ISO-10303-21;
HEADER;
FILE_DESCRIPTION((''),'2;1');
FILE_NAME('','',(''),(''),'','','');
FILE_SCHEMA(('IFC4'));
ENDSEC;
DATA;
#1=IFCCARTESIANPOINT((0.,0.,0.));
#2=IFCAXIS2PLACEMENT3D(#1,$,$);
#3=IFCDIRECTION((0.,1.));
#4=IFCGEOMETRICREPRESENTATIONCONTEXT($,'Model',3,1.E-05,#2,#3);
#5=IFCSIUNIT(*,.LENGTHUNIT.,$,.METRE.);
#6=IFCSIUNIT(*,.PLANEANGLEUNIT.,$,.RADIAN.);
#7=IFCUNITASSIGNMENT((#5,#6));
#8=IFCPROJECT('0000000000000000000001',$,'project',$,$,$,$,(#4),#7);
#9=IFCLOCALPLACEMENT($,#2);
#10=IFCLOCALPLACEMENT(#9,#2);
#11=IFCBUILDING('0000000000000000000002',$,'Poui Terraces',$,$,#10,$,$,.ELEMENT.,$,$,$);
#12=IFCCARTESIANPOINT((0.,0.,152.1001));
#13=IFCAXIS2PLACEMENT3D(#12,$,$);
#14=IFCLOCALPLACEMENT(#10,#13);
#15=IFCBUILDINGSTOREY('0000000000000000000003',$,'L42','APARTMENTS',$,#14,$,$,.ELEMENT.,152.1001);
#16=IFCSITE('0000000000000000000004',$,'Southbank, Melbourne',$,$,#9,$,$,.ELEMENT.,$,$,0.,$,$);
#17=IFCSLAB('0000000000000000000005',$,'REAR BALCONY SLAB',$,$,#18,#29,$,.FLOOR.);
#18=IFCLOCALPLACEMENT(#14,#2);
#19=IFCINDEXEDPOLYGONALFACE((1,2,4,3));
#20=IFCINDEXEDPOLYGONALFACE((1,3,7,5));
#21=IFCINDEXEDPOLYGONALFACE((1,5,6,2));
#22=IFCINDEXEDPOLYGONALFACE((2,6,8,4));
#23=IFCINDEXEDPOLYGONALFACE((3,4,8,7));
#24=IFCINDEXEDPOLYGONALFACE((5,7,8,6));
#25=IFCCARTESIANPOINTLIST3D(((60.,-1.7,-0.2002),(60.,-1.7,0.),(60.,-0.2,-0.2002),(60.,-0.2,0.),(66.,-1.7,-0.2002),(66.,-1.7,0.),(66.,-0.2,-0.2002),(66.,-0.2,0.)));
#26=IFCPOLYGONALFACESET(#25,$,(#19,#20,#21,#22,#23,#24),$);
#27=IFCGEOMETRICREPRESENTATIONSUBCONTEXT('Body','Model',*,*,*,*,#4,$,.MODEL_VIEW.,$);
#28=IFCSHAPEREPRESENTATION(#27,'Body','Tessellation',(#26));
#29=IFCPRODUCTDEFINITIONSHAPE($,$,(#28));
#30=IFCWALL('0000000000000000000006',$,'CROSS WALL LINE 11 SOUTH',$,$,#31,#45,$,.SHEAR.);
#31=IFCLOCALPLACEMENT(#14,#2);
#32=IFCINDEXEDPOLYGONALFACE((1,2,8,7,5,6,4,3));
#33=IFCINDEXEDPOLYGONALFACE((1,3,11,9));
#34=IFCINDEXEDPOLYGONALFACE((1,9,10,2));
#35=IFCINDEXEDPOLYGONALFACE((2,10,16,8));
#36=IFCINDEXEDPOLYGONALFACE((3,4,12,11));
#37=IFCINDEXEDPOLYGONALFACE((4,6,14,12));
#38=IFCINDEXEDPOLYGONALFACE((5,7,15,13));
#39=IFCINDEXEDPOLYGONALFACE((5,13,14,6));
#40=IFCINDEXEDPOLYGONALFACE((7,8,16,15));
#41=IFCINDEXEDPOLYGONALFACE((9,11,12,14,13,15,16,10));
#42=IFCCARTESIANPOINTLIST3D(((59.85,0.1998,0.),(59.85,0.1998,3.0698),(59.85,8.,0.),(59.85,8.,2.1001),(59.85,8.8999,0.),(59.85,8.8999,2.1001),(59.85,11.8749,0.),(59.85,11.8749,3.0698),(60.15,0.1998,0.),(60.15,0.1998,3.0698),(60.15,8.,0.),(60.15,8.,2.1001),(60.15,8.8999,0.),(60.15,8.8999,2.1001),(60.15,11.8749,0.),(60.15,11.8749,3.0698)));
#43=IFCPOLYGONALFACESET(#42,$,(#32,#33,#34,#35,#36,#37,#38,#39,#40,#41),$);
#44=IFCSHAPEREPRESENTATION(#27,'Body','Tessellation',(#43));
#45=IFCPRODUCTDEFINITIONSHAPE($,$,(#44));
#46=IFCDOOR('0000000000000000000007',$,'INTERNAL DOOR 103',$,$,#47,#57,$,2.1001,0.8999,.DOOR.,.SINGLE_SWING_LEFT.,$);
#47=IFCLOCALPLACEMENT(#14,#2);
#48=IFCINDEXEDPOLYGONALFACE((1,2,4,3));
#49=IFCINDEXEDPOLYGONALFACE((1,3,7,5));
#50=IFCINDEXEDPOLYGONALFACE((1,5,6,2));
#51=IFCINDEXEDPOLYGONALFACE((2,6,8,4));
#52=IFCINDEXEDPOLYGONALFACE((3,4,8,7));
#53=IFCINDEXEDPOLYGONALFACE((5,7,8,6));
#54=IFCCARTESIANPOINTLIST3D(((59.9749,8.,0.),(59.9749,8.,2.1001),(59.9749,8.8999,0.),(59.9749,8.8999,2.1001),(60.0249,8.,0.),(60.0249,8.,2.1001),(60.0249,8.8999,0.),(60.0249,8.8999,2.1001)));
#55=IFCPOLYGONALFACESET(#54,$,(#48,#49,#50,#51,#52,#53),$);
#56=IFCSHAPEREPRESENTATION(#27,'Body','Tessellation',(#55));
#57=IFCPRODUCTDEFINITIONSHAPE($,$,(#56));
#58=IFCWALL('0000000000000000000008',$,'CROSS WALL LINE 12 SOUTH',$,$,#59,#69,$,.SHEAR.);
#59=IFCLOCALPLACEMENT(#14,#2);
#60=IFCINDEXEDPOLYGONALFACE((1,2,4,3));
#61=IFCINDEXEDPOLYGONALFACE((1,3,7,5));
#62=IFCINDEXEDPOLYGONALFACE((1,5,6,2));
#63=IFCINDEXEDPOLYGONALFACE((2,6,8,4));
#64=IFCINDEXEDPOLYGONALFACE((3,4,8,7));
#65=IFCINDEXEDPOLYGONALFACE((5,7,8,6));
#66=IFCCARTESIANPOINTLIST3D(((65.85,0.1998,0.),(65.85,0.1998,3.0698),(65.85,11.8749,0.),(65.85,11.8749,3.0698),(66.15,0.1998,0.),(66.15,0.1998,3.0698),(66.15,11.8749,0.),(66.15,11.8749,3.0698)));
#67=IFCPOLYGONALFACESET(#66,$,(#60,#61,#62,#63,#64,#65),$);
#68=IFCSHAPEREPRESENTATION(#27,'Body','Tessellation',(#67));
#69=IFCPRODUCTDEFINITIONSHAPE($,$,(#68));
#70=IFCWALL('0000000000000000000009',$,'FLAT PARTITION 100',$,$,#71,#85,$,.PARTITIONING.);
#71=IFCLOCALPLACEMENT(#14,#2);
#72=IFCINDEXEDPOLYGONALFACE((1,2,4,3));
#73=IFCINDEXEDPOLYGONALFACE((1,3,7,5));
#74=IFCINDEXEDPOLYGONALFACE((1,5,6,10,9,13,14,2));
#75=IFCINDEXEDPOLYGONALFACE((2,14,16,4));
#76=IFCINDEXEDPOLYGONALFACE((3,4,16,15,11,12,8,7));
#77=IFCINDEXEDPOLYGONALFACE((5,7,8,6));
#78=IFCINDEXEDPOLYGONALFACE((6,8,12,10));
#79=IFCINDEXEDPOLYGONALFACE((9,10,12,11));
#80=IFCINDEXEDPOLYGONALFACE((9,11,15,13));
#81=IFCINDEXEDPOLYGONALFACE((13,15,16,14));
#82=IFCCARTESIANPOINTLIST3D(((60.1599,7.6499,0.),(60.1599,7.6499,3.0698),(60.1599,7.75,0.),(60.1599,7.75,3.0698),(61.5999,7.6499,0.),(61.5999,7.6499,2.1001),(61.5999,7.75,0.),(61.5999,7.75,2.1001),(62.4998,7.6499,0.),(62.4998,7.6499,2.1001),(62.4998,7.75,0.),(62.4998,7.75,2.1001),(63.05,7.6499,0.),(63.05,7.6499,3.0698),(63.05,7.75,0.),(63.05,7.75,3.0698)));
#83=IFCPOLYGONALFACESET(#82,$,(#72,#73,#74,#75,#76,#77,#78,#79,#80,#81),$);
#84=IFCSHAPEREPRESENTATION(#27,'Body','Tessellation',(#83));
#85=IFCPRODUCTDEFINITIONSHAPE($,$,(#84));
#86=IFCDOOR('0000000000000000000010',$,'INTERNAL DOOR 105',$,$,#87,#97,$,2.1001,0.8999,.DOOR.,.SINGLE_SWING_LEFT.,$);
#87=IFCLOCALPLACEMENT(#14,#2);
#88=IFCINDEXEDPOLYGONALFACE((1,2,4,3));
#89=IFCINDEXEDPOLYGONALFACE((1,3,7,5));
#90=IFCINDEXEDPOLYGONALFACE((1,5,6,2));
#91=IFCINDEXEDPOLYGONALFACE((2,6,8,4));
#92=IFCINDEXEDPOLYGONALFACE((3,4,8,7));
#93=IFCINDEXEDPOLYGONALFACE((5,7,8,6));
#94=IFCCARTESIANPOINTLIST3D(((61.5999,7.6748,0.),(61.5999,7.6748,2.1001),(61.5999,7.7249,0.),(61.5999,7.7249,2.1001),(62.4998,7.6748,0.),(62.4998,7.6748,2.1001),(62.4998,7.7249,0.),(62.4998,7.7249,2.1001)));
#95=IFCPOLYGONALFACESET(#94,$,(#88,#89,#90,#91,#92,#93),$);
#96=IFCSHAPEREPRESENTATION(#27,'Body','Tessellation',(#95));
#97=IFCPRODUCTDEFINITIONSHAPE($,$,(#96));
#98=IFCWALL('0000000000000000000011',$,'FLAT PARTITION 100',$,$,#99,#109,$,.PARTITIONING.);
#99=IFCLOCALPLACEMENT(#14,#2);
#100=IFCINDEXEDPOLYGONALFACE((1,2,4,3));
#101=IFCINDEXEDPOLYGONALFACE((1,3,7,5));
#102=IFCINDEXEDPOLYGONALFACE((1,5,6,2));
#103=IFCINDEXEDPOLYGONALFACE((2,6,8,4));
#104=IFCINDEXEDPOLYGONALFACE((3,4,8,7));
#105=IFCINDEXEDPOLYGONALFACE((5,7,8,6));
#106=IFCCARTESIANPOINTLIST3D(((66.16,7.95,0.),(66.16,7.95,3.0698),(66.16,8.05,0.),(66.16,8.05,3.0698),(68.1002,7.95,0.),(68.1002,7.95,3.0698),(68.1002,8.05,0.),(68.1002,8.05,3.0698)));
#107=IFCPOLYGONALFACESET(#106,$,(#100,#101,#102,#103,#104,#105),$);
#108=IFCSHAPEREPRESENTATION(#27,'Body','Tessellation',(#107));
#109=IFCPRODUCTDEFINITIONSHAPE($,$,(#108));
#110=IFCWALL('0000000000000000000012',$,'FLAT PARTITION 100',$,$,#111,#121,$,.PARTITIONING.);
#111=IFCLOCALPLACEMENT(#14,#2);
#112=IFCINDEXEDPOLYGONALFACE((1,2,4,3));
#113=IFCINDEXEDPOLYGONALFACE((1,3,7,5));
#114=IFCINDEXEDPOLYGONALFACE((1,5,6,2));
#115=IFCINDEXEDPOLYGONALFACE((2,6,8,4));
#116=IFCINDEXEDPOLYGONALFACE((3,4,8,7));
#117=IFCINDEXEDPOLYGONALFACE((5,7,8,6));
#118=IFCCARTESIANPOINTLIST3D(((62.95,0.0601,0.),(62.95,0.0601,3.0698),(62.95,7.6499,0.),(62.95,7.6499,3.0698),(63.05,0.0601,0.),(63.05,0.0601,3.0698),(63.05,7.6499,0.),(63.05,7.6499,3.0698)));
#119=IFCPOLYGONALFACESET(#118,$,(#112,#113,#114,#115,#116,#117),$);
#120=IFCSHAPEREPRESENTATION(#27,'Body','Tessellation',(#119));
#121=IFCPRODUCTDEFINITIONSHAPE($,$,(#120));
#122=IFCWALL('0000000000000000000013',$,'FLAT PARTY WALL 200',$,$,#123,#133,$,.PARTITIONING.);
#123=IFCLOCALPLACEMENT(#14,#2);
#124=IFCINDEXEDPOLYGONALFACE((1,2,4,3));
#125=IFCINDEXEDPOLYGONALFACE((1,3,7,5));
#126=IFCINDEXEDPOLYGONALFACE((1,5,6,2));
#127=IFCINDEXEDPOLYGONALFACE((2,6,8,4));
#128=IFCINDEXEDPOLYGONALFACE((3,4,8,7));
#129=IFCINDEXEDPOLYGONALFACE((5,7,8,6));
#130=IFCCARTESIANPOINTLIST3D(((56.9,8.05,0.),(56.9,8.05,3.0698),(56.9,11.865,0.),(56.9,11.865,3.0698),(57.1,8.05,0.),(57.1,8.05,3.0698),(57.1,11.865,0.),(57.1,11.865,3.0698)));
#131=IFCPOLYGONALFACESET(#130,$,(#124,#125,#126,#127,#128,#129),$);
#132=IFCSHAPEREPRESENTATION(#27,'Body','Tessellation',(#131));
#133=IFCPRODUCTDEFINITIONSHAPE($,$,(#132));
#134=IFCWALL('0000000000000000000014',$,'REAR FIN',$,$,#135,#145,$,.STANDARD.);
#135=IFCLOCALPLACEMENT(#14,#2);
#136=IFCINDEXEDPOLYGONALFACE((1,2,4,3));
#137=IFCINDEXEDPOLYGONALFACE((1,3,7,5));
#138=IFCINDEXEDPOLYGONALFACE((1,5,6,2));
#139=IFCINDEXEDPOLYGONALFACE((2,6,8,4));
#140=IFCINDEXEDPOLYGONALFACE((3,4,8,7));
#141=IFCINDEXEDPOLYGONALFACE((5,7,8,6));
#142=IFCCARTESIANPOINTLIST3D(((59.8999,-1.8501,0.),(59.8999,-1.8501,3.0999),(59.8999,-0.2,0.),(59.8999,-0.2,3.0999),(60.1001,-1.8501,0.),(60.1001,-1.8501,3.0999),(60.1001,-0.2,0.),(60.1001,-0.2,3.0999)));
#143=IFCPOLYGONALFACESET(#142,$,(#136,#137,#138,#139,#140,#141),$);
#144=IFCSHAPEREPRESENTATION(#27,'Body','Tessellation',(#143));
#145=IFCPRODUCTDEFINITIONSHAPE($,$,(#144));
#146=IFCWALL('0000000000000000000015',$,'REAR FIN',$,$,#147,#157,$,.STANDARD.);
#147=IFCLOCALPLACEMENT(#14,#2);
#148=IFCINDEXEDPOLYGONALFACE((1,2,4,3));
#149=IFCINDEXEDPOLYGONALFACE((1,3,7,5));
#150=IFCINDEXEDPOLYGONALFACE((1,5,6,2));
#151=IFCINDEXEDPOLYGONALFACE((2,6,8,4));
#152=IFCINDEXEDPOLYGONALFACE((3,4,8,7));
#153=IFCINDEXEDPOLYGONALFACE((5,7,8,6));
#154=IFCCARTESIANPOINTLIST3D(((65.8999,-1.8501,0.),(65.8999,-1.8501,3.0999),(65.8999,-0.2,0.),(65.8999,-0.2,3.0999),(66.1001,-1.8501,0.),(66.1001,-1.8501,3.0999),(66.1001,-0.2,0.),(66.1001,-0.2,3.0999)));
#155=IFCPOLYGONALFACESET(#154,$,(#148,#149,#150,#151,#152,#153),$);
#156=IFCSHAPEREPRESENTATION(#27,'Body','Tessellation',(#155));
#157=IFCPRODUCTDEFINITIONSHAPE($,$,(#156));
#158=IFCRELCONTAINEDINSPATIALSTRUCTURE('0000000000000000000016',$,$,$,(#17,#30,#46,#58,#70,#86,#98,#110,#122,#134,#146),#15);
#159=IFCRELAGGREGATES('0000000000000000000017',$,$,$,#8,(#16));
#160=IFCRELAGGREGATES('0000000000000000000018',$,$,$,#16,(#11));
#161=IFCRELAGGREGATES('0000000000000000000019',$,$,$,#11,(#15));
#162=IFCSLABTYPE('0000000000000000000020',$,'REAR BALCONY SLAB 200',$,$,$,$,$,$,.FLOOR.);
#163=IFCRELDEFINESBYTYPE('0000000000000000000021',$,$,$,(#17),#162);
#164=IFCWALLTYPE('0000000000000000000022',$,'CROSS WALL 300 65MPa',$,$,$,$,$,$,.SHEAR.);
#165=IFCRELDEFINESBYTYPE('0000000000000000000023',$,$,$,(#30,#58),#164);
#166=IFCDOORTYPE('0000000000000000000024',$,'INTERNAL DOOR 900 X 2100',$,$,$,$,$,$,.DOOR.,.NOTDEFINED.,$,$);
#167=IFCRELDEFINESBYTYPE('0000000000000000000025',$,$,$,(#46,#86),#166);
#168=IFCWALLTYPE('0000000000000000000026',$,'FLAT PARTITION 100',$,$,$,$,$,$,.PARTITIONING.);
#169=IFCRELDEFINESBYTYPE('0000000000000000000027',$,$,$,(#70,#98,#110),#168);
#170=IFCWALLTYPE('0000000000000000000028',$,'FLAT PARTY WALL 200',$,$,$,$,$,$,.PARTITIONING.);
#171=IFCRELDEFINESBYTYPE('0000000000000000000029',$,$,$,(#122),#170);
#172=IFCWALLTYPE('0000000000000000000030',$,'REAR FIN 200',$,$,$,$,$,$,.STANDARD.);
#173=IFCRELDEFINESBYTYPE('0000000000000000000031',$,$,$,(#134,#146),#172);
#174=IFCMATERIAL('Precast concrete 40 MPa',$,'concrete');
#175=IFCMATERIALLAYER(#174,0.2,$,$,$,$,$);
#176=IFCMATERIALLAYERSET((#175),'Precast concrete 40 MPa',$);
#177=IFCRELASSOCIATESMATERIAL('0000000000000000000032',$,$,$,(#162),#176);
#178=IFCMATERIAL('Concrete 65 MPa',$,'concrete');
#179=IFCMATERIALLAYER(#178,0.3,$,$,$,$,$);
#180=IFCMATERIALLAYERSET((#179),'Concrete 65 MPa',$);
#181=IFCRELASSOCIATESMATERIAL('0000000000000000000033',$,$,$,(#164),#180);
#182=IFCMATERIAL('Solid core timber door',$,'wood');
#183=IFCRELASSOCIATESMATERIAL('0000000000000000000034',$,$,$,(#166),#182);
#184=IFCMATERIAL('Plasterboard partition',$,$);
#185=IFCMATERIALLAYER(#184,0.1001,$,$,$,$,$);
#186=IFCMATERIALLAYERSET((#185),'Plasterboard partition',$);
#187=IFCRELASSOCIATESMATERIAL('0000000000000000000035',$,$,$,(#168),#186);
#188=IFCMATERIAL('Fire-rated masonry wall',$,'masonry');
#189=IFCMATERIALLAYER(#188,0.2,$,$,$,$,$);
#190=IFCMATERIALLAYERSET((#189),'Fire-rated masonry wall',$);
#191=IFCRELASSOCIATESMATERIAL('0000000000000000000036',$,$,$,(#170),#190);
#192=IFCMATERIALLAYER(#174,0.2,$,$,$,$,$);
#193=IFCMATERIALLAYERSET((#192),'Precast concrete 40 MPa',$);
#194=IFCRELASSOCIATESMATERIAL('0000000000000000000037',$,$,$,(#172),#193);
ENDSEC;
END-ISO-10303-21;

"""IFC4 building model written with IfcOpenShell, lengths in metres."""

from ifc_helpers import new_model, si_unit, direction, frame, frame_2d, origin, place, context, subcontext, project, spatial, polyline, rectangle, outline, extrude, source, transform, mapped, material, layer, layer_set, type_object, element, fill, save


model = new_model("IFC4")

# Units and contexts
model_context = context("Model", 3, precision=1e-05, world=origin(), true_north=direction((0.0, 1.0)))
body_context = subcontext(model_context, "Body", "Model", "MODEL_VIEW")
ifc_project = project(units=[si_unit("LENGTHUNIT", "METRE"), si_unit("PLANEANGLEUNIT", "RADIAN")], contexts=[model_context])

# Site, building, storey
site_placement = place(None, origin())
site = spatial("IfcSite", under=ifc_project, at=site_placement, Name="Southbank, Melbourne", CompositionType="ELEMENT", RefElevation=0.0)
building_placement = place(site_placement, origin())
building = spatial("IfcBuilding", under=site, at=building_placement, Name="Poui Terraces", CompositionType="ELEMENT")
storey_placement = place(building_placement, frame((0.0, 0.0, 152.1001)))
storey = spatial("IfcBuildingStorey", under=building, at=storey_placement, Name="L42", Description="APARTMENTS", CompositionType="ELEMENT", Elevation=152.1001)

# Slab
ifc_material_1 = material(Name="Precast concrete 40 MPa", Category="concrete")
ifc_layer_1 = layer(ifc_material_1, 0.2)
ifc_layer_set_1 = layer_set([ifc_layer_1], Name="Precast concrete 40 MPa")
slab_type = type_object("IfcSlabType", Name="REAR BALCONY SLAB 200", PredefinedType="FLOOR", material=ifc_layer_set_1)
shared_shape_1 = source(origin(), body_context, "Body", "SweptSolid", [
    extrude(outline(polyline([(0.0, 0.0), (6.0, 0.0), (6.0, 1.5), (0.0, 1.5), (0.0, 0.0)])), origin(), (0.0, 0.0, 1.0), 0.2002),
])
slab_placement = place(storey_placement, frame((60.0, -1.7, -0.2002)))
element("IfcSlab", 1, at=slab_placement, inside=storey, type_object=slab_type, Name="REAR BALCONY SLAB", PredefinedType="FLOOR", context=body_context, shape_type="MappedRepresentation", body=[
    mapped(shared_shape_1, transform((0.0, 0.0, 0.0))),
])

# Wall, opening, door
ifc_material_2 = material(Name="Concrete 65 MPa", Category="concrete")
ifc_layer_2 = layer(ifc_material_2, 0.3)
ifc_layer_set_2 = layer_set([ifc_layer_2], Name="Concrete 65 MPa")
wall_type_1 = type_object("IfcWallType", Name="CROSS WALL 300 65MPa", PredefinedType="SHEAR", material=ifc_layer_set_2)
wall_1_placement = place(storey_placement, frame((60.0, 0.2, 0.0), z_axis=(0.0, 0.0, 1.0), x_axis=(0.0, 1.0, 0.0)))
wall_1 = element("IfcWall", 2, at=wall_1_placement, inside=storey, type_object=wall_type_1, Name="CROSS WALL LINE 11 SOUTH", PredefinedType="SHEAR", context=body_context, shape_type="SweptSolid", body=[
    extrude(rectangle(XDim=11.675, YDim=0.3, at=frame_2d((5.8374, 0.0))), origin(), (0.0, 0.0, 1.0), 3.0698),
])
opening_1_placement = place(wall_1_placement, frame((7.8, 0.0, 0.0)))
opening_1 = element("IfcOpeningElement", 3, at=opening_1_placement, cuts=wall_1, PredefinedType="OPENING", context=body_context, shape_type="SweptSolid", body=[
    extrude(rectangle(XDim=0.8999, YDim=2.1001, at=frame_2d((0.45, 1.05))), frame((0.0, 0.1602, 0.0), z_axis=(0.0, -1.0, 0.0), x_axis=(1.0, 0.0, 0.0)), (0.0, 0.0, 1.0), 0.3201),
])
ifc_material_3 = material(Name="Solid core timber door", Category="wood")
door_type = type_object("IfcDoorType", Name="INTERNAL DOOR 900 X 2100", OperationType="NOTDEFINED", PredefinedType="DOOR", material=ifc_material_3)
door_1_placement = place(opening_1_placement, frame((0.8999, 0.0, 0.0), z_axis=(0.0, 0.0, 1.0), x_axis=(-1.0, 0.0, 0.0)))
door_1 = element("IfcDoor", 4, at=door_1_placement, inside=storey, type_object=door_type, Name="INTERNAL DOOR 103", OperationType="SINGLE_SWING_LEFT", OverallHeight=2.1001, OverallWidth=0.8999, PredefinedType="DOOR", context=body_context, shape_type="SweptSolid", body=[
    extrude(rectangle(XDim=0.8999, YDim=2.1001, at=frame_2d((0.45, 1.05))), frame((0.0, 0.0249, 0.0), z_axis=(0.0, -1.0, 0.0), x_axis=(1.0, 0.0, 0.0)), (0.0, 0.0, 1.0), 0.05),
])
fill(opening_1, door_1)

# Wall
wall_2_placement = place(storey_placement, frame((66.0, 0.2, 0.0), z_axis=(0.0, 0.0, 1.0), x_axis=(0.0, 1.0, 0.0)))
element("IfcWall", 5, at=wall_2_placement, inside=storey, type_object=wall_type_1, Name="CROSS WALL LINE 12 SOUTH", PredefinedType="SHEAR", context=body_context, shape_type="SweptSolid", body=[
    extrude(rectangle(XDim=11.675, YDim=0.3, at=frame_2d((5.8374, 0.0))), origin(), (0.0, 0.0, 1.0), 3.0698),
])

# Wall, opening, door
ifc_material_4 = material(Name="Plasterboard partition")
ifc_layer_3 = layer(ifc_material_4, 0.1001)
ifc_layer_set_3 = layer_set([ifc_layer_3], Name="Plasterboard partition")
wall_type_2 = type_object("IfcWallType", Name="FLAT PARTITION 100", PredefinedType="PARTITIONING", material=ifc_layer_set_3)
wall_3_placement = place(storey_placement, frame((60.1599, 7.7, 0.0), z_axis=(0.0, 0.0, 1.0), x_axis=(1.0, 0.0, 0.0)))
wall_3 = element("IfcWall", 6, at=wall_3_placement, inside=storey, type_object=wall_type_2, Name="FLAT PARTITION 100", PredefinedType="PARTITIONING", context=body_context, shape_type="SweptSolid", body=[
    extrude(rectangle(XDim=2.8901, YDim=0.1001, at=frame_2d((1.4451, 0.0))), origin(), (0.0, 0.0, 1.0), 3.0698),
])
opening_2_placement = place(wall_3_placement, frame((1.4399, 0.0, 0.0)))
opening_2 = element("IfcOpeningElement", 7, at=opening_2_placement, cuts=wall_3, PredefinedType="OPENING", context=body_context, shape_type="SweptSolid", body=[
    extrude(rectangle(XDim=0.8999, YDim=2.1001, at=frame_2d((0.45, 1.05))), frame((0.0, 0.0601, 0.0), z_axis=(0.0, -1.0, 0.0), x_axis=(1.0, 0.0, 0.0)), (0.0, 0.0, 1.0), 0.1201),
])
door_2_placement = place(opening_2_placement, origin())
door_2 = element("IfcDoor", 8, at=door_2_placement, inside=storey, type_object=door_type, Name="INTERNAL DOOR 105", OperationType="SINGLE_SWING_LEFT", OverallHeight=2.1001, OverallWidth=0.8999, PredefinedType="DOOR", context=body_context, shape_type="SweptSolid", body=[
    extrude(rectangle(XDim=0.8999, YDim=2.1001, at=frame_2d((0.45, 1.05))), frame((0.0, 0.0249, 0.0), z_axis=(0.0, -1.0, 0.0), x_axis=(1.0, 0.0, 0.0)), (0.0, 0.0, 1.0), 0.05),
])
fill(opening_2, door_2)

# Walls
wall_4_placement = place(storey_placement, frame((66.1599, 8.0, 0.0), z_axis=(0.0, 0.0, 1.0), x_axis=(1.0, 0.0, 0.0)))
element("IfcWall", 9, at=wall_4_placement, inside=storey, type_object=wall_type_2, Name="FLAT PARTITION 100", PredefinedType="PARTITIONING", context=body_context, shape_type="SweptSolid", body=[
    extrude(rectangle(XDim=1.9402, YDim=0.1001, at=frame_2d((0.9702, 0.0))), origin(), (0.0, 0.0, 1.0), 3.0698),
])
wall_5_placement = place(storey_placement, frame((63.0, 0.0601, 0.0), z_axis=(0.0, 0.0, 1.0), x_axis=(0.0, 1.0, 0.0)))
element("IfcWall", 10, at=wall_5_placement, inside=storey, type_object=wall_type_2, Name="FLAT PARTITION 100", PredefinedType="PARTITIONING", context=body_context, shape_type="SweptSolid", body=[
    extrude(rectangle(XDim=7.5898, YDim=0.1001, at=frame_2d((3.7949, 0.0))), origin(), (0.0, 0.0, 1.0), 3.0698),
])
ifc_material_5 = material(Name="Fire-rated masonry wall", Category="masonry")
ifc_layer_4 = layer(ifc_material_5, 0.2)
ifc_layer_set_4 = layer_set([ifc_layer_4], Name="Fire-rated masonry wall")
wall_type_3 = type_object("IfcWallType", Name="FLAT PARTY WALL 200", PredefinedType="PARTITIONING", material=ifc_layer_set_4)
wall_6_placement = place(storey_placement, frame((57.0, 8.05, 0.0), z_axis=(0.0, 0.0, 1.0), x_axis=(0.0, 1.0, 0.0)))
element("IfcWall", 11, at=wall_6_placement, inside=storey, type_object=wall_type_3, Name="FLAT PARTY WALL 200", PredefinedType="PARTITIONING", context=body_context, shape_type="SweptSolid", body=[
    extrude(rectangle(XDim=3.8149, YDim=0.2, at=frame_2d((1.9075, 0.0))), origin(), (0.0, 0.0, 1.0), 3.0698),
])
ifc_layer_5 = layer(ifc_material_1, 0.2)
ifc_layer_set_5 = layer_set([ifc_layer_5], Name="Precast concrete 40 MPa")
wall_type_4 = type_object("IfcWallType", Name="REAR FIN 200", PredefinedType="STANDARD", material=ifc_layer_set_5)
shared_shape_2 = source(origin(), body_context, "Body", "SweptSolid", [
    extrude(outline(polyline([(0.0, 0.0), (0.2002, 0.0), (0.2002, 1.6501), (0.0, 1.6501), (0.0, 0.0)])), origin(), (0.0, 0.0, 1.0), 3.0999),
])
for number, where, name in (
    (12, (59.8999, -1.8501, 0.0), "REAR FIN"),
    (13, (65.8999, -1.8501, 0.0), "REAR FIN"),
):
    element("IfcWall", number, at=place(storey_placement, frame(where)), inside=storey, type_object=wall_type_4, Name=name, PredefinedType="STANDARD", context=body_context, shape_type="MappedRepresentation", body=[
        mapped(shared_shape_2, transform((0.0, 0.0, 0.0))),
    ])

save(model, "model.ifc")
